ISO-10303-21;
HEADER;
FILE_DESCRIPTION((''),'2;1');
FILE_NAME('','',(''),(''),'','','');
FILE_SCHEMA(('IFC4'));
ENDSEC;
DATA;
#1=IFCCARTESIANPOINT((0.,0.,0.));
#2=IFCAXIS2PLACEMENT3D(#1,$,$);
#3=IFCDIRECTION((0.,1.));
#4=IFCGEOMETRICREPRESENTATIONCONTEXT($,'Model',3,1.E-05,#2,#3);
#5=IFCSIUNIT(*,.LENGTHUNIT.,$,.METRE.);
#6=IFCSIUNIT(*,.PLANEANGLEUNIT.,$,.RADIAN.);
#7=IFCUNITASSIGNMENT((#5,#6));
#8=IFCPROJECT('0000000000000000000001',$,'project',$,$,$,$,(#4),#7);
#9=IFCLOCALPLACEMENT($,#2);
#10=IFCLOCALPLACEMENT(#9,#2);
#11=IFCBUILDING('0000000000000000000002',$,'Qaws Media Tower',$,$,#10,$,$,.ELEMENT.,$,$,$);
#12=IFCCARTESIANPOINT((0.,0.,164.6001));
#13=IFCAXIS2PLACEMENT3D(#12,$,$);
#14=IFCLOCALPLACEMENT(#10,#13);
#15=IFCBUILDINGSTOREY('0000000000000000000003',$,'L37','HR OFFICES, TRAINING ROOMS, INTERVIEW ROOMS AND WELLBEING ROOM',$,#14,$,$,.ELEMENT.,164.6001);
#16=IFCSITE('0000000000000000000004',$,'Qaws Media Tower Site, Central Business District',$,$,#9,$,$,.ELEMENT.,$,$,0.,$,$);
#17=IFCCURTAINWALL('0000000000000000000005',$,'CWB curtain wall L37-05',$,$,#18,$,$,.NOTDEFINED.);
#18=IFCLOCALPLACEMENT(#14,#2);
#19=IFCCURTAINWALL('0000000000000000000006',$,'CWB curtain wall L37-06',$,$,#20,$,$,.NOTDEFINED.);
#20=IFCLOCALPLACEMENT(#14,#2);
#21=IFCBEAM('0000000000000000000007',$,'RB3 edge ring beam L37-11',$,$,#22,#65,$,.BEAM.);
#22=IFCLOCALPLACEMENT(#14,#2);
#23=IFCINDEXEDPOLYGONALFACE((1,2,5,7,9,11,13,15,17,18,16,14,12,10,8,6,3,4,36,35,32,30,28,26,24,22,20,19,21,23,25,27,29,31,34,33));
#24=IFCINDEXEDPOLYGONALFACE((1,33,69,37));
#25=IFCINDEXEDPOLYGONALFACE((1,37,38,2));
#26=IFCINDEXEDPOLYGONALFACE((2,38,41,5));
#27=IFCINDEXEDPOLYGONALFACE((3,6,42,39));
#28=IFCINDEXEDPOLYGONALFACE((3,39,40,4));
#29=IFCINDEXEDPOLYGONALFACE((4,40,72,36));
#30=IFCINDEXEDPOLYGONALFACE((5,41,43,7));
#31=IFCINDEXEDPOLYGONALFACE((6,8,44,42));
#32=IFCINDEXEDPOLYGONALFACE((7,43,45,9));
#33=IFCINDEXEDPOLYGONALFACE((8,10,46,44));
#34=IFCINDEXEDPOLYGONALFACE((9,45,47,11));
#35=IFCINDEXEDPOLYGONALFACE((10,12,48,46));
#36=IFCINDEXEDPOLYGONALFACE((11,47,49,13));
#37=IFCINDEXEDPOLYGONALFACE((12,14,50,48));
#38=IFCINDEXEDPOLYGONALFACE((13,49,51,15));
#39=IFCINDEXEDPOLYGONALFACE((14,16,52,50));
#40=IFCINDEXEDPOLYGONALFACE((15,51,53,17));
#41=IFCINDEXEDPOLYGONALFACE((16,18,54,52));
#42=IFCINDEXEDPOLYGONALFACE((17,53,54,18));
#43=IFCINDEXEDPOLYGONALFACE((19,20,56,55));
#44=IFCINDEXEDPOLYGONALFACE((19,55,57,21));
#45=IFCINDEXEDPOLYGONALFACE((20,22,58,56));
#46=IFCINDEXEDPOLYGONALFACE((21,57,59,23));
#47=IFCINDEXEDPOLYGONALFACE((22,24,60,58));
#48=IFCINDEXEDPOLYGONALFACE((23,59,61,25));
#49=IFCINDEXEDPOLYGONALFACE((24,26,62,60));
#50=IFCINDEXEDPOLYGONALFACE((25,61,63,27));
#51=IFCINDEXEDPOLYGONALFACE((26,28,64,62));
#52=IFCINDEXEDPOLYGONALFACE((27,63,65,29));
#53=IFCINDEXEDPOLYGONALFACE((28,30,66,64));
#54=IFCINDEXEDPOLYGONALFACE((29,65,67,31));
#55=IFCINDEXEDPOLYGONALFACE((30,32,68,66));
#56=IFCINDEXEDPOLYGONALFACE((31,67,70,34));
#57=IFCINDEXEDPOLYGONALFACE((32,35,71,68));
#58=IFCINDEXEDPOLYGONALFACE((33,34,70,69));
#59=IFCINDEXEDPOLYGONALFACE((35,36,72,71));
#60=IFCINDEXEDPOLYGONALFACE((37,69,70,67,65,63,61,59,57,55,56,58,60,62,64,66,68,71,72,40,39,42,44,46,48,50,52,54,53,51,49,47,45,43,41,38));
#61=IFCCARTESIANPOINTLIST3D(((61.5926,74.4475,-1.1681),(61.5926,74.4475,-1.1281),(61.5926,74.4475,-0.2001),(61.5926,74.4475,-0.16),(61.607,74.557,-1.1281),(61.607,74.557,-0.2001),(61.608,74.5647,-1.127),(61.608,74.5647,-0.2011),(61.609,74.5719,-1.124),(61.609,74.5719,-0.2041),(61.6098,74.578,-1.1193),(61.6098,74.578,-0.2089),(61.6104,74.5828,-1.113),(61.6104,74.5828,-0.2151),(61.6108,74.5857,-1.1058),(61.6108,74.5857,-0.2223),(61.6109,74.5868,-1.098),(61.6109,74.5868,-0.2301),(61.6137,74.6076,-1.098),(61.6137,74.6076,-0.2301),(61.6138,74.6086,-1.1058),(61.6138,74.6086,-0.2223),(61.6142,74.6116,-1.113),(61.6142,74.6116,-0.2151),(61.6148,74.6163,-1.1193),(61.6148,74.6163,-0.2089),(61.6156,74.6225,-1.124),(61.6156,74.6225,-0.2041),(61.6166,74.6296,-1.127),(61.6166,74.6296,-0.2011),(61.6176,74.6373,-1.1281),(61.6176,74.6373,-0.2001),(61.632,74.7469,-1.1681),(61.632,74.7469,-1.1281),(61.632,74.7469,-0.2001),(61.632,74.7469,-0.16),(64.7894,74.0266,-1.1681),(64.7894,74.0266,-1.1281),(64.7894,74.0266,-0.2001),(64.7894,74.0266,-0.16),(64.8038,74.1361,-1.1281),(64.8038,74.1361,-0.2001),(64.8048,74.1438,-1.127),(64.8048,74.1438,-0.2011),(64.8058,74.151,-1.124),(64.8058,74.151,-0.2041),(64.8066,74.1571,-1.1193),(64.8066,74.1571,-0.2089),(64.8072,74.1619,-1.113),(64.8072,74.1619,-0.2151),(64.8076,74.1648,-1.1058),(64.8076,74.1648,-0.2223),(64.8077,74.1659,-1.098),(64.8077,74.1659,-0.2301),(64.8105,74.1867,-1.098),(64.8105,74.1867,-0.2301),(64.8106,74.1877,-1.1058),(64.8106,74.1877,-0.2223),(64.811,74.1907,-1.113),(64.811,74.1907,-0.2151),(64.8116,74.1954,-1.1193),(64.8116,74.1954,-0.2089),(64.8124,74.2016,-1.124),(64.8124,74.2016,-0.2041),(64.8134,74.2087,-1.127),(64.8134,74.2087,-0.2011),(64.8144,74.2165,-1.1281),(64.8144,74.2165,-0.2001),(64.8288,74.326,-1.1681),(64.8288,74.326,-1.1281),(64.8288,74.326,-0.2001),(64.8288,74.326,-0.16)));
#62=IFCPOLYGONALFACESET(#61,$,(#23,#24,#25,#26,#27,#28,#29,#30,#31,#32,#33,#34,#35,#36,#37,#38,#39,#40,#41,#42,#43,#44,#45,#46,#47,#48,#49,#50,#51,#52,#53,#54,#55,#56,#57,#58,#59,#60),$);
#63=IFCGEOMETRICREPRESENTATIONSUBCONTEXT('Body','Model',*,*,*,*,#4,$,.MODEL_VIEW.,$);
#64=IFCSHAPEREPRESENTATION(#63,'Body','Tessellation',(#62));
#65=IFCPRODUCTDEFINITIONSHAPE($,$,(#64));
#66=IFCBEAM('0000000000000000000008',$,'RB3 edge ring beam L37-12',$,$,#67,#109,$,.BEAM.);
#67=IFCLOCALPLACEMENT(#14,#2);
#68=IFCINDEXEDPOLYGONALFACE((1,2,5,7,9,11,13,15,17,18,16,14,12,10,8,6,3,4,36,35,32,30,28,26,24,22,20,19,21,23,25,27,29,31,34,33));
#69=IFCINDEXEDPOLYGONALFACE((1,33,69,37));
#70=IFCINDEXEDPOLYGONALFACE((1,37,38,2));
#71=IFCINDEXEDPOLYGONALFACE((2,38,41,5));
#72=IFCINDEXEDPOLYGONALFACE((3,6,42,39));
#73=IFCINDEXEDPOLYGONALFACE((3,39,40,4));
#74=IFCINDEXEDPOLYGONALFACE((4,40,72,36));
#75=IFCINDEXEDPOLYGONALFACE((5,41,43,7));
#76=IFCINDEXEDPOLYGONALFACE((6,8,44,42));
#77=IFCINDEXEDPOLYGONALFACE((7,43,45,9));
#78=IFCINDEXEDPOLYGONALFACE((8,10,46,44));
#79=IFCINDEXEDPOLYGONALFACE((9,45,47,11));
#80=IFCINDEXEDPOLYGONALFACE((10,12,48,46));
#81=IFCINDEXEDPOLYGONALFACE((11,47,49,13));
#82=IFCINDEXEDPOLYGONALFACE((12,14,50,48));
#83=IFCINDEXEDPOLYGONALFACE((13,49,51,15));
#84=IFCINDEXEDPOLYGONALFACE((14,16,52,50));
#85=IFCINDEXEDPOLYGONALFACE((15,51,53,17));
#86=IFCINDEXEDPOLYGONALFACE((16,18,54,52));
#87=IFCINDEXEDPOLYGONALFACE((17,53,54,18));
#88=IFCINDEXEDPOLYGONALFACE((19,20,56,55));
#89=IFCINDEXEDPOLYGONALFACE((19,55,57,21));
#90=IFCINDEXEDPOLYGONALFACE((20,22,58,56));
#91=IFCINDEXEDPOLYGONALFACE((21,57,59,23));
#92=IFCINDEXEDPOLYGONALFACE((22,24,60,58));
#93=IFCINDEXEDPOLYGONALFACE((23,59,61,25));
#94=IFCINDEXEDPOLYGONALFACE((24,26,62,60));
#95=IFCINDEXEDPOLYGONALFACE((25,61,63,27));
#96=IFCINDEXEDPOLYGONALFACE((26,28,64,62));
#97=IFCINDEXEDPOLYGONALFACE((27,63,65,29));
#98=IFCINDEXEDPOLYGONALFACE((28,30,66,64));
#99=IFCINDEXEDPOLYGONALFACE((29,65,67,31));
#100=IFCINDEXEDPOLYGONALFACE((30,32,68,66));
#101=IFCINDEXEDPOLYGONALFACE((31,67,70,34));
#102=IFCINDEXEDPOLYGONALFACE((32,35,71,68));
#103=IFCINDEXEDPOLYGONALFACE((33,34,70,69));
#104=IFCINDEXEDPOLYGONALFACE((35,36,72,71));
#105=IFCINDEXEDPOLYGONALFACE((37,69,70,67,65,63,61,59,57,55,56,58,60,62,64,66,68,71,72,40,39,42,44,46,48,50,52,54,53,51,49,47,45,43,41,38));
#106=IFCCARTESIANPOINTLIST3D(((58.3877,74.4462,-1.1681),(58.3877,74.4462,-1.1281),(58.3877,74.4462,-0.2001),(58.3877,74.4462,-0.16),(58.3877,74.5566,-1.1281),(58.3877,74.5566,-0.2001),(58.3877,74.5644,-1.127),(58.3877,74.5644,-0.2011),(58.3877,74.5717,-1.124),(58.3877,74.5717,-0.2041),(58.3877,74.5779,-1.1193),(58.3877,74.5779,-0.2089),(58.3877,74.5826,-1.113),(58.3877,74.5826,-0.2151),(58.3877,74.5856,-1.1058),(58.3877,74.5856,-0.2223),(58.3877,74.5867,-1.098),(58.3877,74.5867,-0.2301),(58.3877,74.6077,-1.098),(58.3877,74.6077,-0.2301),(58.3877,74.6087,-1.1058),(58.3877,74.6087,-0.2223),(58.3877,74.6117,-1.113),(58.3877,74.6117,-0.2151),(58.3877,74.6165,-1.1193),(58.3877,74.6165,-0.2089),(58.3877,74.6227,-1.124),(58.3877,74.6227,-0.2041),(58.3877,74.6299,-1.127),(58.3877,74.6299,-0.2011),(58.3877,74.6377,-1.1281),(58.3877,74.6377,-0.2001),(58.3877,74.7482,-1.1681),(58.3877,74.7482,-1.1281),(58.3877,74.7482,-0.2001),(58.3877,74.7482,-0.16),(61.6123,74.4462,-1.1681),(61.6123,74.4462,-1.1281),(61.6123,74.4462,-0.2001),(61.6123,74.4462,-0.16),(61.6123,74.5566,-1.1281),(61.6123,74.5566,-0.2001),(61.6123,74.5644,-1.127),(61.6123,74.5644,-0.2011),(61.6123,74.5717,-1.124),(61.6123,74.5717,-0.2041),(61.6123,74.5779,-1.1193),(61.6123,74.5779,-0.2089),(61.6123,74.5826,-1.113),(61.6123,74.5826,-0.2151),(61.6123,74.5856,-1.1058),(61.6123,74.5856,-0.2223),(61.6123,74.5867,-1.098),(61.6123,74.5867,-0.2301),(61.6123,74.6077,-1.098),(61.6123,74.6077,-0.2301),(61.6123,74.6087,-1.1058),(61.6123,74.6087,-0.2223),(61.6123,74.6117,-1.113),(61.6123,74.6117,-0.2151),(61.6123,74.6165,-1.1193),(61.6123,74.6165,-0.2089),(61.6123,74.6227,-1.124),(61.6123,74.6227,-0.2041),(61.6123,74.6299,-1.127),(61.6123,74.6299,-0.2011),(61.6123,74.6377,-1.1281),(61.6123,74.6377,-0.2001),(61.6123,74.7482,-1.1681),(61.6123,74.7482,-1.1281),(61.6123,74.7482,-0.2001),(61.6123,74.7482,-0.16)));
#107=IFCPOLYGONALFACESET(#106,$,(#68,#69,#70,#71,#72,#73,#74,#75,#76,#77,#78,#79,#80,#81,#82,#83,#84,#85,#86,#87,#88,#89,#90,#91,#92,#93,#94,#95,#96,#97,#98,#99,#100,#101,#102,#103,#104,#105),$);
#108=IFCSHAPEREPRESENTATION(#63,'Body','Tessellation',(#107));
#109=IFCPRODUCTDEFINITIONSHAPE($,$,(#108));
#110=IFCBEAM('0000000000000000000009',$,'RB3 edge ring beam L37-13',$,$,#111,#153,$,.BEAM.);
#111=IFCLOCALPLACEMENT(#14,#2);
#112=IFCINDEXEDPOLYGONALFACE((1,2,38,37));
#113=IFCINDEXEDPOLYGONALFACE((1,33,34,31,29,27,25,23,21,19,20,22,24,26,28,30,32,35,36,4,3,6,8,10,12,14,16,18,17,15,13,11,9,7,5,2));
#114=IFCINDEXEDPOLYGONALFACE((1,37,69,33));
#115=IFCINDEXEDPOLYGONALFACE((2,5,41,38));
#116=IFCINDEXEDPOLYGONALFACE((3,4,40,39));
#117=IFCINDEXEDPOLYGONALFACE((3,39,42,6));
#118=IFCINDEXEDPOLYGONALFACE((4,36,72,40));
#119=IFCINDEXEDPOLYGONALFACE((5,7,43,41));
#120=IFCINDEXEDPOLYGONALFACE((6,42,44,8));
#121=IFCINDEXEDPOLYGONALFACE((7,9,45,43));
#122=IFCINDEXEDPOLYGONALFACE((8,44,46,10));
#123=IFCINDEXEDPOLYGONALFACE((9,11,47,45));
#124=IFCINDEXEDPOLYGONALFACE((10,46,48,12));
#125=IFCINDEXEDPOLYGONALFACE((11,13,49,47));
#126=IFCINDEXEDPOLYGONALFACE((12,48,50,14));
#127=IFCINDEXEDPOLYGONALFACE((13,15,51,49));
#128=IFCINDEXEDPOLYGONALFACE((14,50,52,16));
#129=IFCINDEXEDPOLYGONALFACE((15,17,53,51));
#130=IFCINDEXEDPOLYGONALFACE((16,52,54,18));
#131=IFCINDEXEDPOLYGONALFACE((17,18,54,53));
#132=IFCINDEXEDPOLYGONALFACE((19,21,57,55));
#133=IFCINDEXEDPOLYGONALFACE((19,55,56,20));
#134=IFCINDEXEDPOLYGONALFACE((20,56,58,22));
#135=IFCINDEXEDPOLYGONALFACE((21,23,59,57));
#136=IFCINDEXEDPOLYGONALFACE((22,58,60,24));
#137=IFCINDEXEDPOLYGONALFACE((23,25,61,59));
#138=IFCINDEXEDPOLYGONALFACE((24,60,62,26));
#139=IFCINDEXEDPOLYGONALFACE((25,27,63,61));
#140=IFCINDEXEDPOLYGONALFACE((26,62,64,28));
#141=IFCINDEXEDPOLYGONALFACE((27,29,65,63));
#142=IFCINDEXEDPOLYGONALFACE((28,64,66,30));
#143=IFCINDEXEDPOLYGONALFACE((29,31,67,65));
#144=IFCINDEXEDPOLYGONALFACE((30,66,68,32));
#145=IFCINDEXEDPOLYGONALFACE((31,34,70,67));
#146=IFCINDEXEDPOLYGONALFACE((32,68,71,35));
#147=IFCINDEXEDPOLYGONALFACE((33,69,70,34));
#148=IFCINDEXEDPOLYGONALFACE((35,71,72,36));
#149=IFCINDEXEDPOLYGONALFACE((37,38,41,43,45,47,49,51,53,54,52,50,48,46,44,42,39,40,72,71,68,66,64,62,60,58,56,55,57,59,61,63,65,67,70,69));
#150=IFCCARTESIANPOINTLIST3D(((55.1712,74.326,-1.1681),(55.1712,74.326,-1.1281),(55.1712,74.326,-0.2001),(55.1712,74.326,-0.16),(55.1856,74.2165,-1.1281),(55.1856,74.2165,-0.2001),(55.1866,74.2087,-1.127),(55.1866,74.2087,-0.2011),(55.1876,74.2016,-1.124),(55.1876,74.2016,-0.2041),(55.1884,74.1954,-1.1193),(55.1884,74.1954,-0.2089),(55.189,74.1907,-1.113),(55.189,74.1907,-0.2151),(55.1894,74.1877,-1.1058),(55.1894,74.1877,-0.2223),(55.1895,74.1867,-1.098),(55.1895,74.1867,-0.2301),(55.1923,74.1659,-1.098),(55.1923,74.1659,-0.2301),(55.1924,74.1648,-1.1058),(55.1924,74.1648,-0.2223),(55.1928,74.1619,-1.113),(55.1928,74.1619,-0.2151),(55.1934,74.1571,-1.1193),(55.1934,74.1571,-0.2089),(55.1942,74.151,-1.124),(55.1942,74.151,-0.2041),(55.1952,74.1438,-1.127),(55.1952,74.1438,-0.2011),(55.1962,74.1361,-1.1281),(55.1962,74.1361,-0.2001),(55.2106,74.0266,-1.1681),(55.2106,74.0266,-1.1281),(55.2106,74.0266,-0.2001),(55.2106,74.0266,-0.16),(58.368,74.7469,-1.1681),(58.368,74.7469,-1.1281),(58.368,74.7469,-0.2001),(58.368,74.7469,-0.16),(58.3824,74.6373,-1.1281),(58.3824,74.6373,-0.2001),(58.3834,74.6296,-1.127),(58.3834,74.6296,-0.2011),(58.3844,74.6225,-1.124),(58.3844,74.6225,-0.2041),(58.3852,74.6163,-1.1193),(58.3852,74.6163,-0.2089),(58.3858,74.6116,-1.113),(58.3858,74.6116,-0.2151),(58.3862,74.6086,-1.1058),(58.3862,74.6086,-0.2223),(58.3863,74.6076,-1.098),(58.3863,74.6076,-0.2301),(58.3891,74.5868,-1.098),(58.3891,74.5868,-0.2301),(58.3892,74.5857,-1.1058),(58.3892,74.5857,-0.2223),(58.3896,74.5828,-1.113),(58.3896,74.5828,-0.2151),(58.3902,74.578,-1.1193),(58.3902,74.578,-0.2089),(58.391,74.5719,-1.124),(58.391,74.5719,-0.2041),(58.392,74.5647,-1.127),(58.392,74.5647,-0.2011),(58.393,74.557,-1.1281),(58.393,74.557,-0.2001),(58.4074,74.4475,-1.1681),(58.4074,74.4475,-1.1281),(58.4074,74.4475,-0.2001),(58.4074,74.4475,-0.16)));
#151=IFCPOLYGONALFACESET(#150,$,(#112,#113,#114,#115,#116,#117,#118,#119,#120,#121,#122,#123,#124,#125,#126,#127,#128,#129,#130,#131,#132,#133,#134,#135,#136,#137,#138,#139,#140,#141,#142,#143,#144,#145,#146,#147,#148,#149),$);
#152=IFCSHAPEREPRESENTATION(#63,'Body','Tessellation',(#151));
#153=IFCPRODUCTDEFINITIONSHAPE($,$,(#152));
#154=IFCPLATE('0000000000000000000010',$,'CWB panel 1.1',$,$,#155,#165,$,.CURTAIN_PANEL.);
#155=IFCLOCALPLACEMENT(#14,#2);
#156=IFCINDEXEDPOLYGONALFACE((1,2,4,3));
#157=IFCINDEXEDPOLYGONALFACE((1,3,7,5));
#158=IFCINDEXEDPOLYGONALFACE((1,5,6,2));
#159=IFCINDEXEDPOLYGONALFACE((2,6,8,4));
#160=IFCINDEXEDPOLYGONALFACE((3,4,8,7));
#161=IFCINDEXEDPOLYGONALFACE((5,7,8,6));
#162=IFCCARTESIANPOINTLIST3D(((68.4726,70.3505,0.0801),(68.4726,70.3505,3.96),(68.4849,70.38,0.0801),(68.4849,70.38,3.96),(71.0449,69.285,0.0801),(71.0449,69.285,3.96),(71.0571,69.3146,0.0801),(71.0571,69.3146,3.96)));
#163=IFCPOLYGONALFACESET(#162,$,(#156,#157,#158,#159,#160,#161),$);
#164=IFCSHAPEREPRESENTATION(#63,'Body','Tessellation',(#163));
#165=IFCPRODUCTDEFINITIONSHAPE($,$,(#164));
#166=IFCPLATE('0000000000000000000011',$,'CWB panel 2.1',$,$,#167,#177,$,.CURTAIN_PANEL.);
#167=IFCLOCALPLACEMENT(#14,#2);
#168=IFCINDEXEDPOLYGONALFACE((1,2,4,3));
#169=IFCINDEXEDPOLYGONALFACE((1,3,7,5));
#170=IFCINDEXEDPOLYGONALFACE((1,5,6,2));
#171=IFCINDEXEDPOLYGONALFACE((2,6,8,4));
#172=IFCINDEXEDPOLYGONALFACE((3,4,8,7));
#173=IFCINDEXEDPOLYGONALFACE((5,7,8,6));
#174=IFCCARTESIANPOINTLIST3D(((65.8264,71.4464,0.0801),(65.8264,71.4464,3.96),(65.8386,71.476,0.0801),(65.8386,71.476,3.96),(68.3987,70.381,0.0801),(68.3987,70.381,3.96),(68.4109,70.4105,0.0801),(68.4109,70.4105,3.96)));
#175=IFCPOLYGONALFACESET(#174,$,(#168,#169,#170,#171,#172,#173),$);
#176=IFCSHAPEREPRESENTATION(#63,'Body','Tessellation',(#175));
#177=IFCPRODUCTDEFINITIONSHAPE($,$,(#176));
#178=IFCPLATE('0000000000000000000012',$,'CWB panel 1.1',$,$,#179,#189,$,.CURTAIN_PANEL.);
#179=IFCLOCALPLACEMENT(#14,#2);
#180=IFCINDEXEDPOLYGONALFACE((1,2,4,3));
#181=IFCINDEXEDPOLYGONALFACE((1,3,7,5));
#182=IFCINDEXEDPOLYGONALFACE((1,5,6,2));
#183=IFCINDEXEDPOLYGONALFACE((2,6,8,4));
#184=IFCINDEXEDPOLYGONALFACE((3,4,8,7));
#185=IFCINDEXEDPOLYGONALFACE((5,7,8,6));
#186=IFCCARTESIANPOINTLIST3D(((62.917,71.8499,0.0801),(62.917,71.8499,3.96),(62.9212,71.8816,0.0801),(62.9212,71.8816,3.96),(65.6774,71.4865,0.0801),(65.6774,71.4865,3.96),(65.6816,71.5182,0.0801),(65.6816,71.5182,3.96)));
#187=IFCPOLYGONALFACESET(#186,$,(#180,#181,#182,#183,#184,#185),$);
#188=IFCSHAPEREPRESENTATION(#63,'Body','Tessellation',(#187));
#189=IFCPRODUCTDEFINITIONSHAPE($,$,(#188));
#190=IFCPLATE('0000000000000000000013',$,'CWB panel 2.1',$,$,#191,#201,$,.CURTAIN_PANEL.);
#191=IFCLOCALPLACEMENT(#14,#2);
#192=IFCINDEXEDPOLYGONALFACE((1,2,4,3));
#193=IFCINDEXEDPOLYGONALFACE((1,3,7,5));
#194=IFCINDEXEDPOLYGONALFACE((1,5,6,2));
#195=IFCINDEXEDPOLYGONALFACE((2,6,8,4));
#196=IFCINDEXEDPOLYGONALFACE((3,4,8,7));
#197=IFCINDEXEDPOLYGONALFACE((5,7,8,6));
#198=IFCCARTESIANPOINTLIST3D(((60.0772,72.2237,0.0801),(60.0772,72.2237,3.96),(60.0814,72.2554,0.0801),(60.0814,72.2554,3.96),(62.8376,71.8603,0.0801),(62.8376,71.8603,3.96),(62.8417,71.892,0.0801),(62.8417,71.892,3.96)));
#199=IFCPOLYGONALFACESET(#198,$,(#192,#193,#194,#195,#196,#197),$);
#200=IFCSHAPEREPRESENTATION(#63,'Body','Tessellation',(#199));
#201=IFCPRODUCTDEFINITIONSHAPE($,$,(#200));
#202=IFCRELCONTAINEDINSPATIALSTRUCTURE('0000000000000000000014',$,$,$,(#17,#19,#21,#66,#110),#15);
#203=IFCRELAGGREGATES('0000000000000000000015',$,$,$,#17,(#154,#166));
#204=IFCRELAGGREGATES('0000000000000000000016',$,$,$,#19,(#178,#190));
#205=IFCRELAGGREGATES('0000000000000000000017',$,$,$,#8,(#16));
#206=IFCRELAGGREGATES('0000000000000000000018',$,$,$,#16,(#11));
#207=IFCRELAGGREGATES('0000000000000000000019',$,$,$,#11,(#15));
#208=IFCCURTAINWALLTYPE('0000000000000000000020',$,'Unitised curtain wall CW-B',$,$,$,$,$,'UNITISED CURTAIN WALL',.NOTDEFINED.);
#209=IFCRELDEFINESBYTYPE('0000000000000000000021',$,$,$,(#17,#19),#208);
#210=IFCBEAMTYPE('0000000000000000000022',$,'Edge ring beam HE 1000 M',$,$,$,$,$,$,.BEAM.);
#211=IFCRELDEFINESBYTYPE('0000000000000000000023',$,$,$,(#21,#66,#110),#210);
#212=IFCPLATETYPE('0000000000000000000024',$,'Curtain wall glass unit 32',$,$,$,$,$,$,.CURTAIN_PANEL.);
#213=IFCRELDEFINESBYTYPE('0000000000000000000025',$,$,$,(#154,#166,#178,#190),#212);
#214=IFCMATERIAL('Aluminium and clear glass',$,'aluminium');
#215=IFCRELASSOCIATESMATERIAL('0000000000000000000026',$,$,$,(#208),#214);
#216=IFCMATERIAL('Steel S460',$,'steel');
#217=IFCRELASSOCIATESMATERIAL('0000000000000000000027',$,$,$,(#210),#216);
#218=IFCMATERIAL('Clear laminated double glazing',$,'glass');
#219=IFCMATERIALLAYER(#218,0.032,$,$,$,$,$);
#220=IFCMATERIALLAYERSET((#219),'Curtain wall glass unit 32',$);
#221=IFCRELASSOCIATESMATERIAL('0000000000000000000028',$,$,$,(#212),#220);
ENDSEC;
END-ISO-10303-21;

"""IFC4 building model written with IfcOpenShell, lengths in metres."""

from ifc_helpers import new_model, si_unit, direction, frame, origin, origin_2d, place, context, subcontext, project, spatial, rectangle, i_section, extrude, material, layer, layer_set, material_profile, profile_set, type_object, element, aggregate, save


model = new_model("IFC4")

# Units and contexts
model_context = context("Model", 3, precision=1e-05, world=origin(), true_north=direction((0.0, 1.0)))
body_context = subcontext(model_context, "Body", "Model", "MODEL_VIEW")
ifc_project = project(units=[si_unit("LENGTHUNIT", "METRE"), si_unit("PLANEANGLEUNIT", "RADIAN")], contexts=[model_context])

# Site, building, storey
site_placement = place(None, origin())
site = spatial("IfcSite", under=ifc_project, at=site_placement, Name="Qaws Media Tower Site, Central Business District", CompositionType="ELEMENT", RefElevation=0.0)
building_placement = place(site_placement, origin())
building = spatial("IfcBuilding", under=site, at=building_placement, Name="Qaws Media Tower", CompositionType="ELEMENT")
storey_placement = place(building_placement, frame((0.0, 0.0, 164.6001)))
storey = spatial("IfcBuildingStorey", under=building, at=storey_placement, Name="L37", Description="HR OFFICES, TRAINING ROOMS, INTERVIEW ROOMS AND WELLBEING ROOM", CompositionType="ELEMENT", Elevation=164.6001)

# Curtain walls
ifc_material_1 = material(Name="Aluminium and clear glass", Category="aluminium")
curtain_wall_type = type_object("IfcCurtainWallType", Name="Unitised curtain wall CW-B", ElementType="UNITISED CURTAIN WALL", PredefinedType="NOTDEFINED", material=ifc_material_1)
curtain_wall_1_placement = place(storey_placement, origin())
curtain_wall_1 = element("IfcCurtainWall", 1, at=curtain_wall_1_placement, inside=storey, type_object=curtain_wall_type, Name="CWB curtain wall L37-05", PredefinedType="NOTDEFINED")
curtain_wall_2_placement = place(storey_placement, origin())
curtain_wall_2 = element("IfcCurtainWall", 2, at=curtain_wall_2_placement, inside=storey, type_object=curtain_wall_type, Name="CWB curtain wall L37-06", PredefinedType="NOTDEFINED")

# Beams
ifc_material_2 = material(Name="Steel S460", Category="steel")
ifc_material_profile_1 = material_profile(ifc_material_2, i_section(OverallWidth=0.302, OverallDepth=1.0081, WebThickness=0.021, FlangeThickness=0.04, FilletRadius=0.03, at=origin_2d()), Name="HE 1000 M")
ifc_profile_set_1 = profile_set([ifc_material_profile_1], Name="Steel S460")
beam_type = type_object("IfcBeamType", Name="Edge ring beam HE 1000 M", PredefinedType="BEAM", material=ifc_profile_set_1)
for number, where, z_axis, x_axis, name in (
    (3, (64.8091, 74.1763, -0.6641), (-0.991443, 0.130537, 0.0), (-0.130537, -0.991443, 0.0), "RB3 edge ring beam L37-11"),
):
    element("IfcBeam", number, at=place(storey_placement, frame(where, z_axis=z_axis, x_axis=x_axis)), inside=storey, type_object=beam_type, Name=name, PredefinedType="BEAM", context=body_context, shape_type="SweptSolid", body=[
        extrude(i_section(OverallWidth=0.302, OverallDepth=1.0081, WebThickness=0.021, FlangeThickness=0.04, FilletRadius=0.03, at=origin_2d()), origin(), (0.0, 0.0, 1.0), 3.2244),
    ])
beam_1_placement = place(storey_placement, frame((61.6123, 74.5972, -0.6641), z_axis=(-1.0, 0.0, 0.0), x_axis=(0.0, -1.0, 0.0)))
element("IfcBeam", 4, at=beam_1_placement, inside=storey, type_object=beam_type, Name="RB3 edge ring beam L37-12", PredefinedType="BEAM", context=body_context, shape_type="SweptSolid", body=[
    extrude(i_section(OverallWidth=0.302, OverallDepth=1.0081, WebThickness=0.021, FlangeThickness=0.04, FilletRadius=0.03, at=origin_2d()), origin(), (0.0, 0.0, 1.0), 3.2246),
])
beam_2_placement = place(storey_placement, frame((58.3877, 74.5972, -0.6641), z_axis=(-0.991443, -0.130537, 0.0), x_axis=(0.130537, -0.991443, 0.0)))
element("IfcBeam", 5, at=beam_2_placement, inside=storey, type_object=beam_type, Name="RB3 edge ring beam L37-13", PredefinedType="BEAM", context=body_context, shape_type="SweptSolid", body=[
    extrude(i_section(OverallWidth=0.302, OverallDepth=1.0081, WebThickness=0.021, FlangeThickness=0.04, FilletRadius=0.03, at=origin_2d()), origin(), (0.0, 0.0, 1.0), 3.2244),
])

# Plates
ifc_material_3 = material(Name="Clear laminated double glazing", Category="glass")
ifc_layer_1 = layer(ifc_material_3, 0.032)
ifc_layer_set_1 = layer_set([ifc_layer_1], Name="Curtain wall glass unit 32")
plate_type_1 = type_object("IfcPlateType", Name="Curtain wall glass unit 32", PredefinedType="CURTAIN_PANEL", material=ifc_layer_set_1)
plate_1_placement = place(storey_placement, frame((69.7649, 69.8325, 0.0801), z_axis=(0.0, 0.0, 1.0), x_axis=(-0.923879, 0.382684, 0.0)))
plate_1 = element("IfcPlate", 6, at=plate_1_placement, type_object=plate_type_1, Name="CWB panel 1.1", PredefinedType="CURTAIN_PANEL", context=body_context, shape_type="SweptSolid", body=[
    extrude(rectangle(XDim=2.7842, YDim=0.032, at=origin_2d()), origin(), (0.0, 0.0, 1.0), 3.8799),
])
plate_2_placement = place(storey_placement, frame((67.1187, 70.9285, 0.0801), z_axis=(0.0, 0.0, 1.0), x_axis=(-0.923879, 0.382684, 0.0)))
plate_2 = element("IfcPlate", 7, at=plate_2_placement, type_object=plate_type_1, Name="CWB panel 2.1", PredefinedType="CURTAIN_PANEL", context=body_context, shape_type="SweptSolid", body=[
    extrude(rectangle(XDim=2.7842, YDim=0.032, at=origin_2d()), origin(), (0.0, 0.0, 1.0), 3.8799),
])
aggregate(curtain_wall_1, [plate_1, plate_2])
plate_3_placement = place(storey_placement, frame((64.2993, 71.6841, 0.0801), z_axis=(0.0, 0.0, 1.0), x_axis=(-0.991445, 0.130526, 0.0)))
plate_3 = element("IfcPlate", 8, at=plate_3_placement, type_object=plate_type_1, Name="CWB panel 1.1", PredefinedType="CURTAIN_PANEL", context=body_context, shape_type="SweptSolid", body=[
    extrude(rectangle(XDim=2.7842, YDim=0.032, at=origin_2d()), origin(), (0.0, 0.0, 1.0), 3.8799),
])
plate_4_placement = place(storey_placement, frame((61.4595, 72.0579, 0.0801), z_axis=(0.0, 0.0, 1.0), x_axis=(-0.991445, 0.130526, 0.0)))
plate_4 = element("IfcPlate", 9, at=plate_4_placement, type_object=plate_type_1, Name="CWB panel 2.1", PredefinedType="CURTAIN_PANEL", context=body_context, shape_type="SweptSolid", body=[
    extrude(rectangle(XDim=2.7842, YDim=0.032, at=origin_2d()), origin(), (0.0, 0.0, 1.0), 3.8799),
])
aggregate(curtain_wall_2, [plate_3, plate_4])

save(model, "model.ifc")
